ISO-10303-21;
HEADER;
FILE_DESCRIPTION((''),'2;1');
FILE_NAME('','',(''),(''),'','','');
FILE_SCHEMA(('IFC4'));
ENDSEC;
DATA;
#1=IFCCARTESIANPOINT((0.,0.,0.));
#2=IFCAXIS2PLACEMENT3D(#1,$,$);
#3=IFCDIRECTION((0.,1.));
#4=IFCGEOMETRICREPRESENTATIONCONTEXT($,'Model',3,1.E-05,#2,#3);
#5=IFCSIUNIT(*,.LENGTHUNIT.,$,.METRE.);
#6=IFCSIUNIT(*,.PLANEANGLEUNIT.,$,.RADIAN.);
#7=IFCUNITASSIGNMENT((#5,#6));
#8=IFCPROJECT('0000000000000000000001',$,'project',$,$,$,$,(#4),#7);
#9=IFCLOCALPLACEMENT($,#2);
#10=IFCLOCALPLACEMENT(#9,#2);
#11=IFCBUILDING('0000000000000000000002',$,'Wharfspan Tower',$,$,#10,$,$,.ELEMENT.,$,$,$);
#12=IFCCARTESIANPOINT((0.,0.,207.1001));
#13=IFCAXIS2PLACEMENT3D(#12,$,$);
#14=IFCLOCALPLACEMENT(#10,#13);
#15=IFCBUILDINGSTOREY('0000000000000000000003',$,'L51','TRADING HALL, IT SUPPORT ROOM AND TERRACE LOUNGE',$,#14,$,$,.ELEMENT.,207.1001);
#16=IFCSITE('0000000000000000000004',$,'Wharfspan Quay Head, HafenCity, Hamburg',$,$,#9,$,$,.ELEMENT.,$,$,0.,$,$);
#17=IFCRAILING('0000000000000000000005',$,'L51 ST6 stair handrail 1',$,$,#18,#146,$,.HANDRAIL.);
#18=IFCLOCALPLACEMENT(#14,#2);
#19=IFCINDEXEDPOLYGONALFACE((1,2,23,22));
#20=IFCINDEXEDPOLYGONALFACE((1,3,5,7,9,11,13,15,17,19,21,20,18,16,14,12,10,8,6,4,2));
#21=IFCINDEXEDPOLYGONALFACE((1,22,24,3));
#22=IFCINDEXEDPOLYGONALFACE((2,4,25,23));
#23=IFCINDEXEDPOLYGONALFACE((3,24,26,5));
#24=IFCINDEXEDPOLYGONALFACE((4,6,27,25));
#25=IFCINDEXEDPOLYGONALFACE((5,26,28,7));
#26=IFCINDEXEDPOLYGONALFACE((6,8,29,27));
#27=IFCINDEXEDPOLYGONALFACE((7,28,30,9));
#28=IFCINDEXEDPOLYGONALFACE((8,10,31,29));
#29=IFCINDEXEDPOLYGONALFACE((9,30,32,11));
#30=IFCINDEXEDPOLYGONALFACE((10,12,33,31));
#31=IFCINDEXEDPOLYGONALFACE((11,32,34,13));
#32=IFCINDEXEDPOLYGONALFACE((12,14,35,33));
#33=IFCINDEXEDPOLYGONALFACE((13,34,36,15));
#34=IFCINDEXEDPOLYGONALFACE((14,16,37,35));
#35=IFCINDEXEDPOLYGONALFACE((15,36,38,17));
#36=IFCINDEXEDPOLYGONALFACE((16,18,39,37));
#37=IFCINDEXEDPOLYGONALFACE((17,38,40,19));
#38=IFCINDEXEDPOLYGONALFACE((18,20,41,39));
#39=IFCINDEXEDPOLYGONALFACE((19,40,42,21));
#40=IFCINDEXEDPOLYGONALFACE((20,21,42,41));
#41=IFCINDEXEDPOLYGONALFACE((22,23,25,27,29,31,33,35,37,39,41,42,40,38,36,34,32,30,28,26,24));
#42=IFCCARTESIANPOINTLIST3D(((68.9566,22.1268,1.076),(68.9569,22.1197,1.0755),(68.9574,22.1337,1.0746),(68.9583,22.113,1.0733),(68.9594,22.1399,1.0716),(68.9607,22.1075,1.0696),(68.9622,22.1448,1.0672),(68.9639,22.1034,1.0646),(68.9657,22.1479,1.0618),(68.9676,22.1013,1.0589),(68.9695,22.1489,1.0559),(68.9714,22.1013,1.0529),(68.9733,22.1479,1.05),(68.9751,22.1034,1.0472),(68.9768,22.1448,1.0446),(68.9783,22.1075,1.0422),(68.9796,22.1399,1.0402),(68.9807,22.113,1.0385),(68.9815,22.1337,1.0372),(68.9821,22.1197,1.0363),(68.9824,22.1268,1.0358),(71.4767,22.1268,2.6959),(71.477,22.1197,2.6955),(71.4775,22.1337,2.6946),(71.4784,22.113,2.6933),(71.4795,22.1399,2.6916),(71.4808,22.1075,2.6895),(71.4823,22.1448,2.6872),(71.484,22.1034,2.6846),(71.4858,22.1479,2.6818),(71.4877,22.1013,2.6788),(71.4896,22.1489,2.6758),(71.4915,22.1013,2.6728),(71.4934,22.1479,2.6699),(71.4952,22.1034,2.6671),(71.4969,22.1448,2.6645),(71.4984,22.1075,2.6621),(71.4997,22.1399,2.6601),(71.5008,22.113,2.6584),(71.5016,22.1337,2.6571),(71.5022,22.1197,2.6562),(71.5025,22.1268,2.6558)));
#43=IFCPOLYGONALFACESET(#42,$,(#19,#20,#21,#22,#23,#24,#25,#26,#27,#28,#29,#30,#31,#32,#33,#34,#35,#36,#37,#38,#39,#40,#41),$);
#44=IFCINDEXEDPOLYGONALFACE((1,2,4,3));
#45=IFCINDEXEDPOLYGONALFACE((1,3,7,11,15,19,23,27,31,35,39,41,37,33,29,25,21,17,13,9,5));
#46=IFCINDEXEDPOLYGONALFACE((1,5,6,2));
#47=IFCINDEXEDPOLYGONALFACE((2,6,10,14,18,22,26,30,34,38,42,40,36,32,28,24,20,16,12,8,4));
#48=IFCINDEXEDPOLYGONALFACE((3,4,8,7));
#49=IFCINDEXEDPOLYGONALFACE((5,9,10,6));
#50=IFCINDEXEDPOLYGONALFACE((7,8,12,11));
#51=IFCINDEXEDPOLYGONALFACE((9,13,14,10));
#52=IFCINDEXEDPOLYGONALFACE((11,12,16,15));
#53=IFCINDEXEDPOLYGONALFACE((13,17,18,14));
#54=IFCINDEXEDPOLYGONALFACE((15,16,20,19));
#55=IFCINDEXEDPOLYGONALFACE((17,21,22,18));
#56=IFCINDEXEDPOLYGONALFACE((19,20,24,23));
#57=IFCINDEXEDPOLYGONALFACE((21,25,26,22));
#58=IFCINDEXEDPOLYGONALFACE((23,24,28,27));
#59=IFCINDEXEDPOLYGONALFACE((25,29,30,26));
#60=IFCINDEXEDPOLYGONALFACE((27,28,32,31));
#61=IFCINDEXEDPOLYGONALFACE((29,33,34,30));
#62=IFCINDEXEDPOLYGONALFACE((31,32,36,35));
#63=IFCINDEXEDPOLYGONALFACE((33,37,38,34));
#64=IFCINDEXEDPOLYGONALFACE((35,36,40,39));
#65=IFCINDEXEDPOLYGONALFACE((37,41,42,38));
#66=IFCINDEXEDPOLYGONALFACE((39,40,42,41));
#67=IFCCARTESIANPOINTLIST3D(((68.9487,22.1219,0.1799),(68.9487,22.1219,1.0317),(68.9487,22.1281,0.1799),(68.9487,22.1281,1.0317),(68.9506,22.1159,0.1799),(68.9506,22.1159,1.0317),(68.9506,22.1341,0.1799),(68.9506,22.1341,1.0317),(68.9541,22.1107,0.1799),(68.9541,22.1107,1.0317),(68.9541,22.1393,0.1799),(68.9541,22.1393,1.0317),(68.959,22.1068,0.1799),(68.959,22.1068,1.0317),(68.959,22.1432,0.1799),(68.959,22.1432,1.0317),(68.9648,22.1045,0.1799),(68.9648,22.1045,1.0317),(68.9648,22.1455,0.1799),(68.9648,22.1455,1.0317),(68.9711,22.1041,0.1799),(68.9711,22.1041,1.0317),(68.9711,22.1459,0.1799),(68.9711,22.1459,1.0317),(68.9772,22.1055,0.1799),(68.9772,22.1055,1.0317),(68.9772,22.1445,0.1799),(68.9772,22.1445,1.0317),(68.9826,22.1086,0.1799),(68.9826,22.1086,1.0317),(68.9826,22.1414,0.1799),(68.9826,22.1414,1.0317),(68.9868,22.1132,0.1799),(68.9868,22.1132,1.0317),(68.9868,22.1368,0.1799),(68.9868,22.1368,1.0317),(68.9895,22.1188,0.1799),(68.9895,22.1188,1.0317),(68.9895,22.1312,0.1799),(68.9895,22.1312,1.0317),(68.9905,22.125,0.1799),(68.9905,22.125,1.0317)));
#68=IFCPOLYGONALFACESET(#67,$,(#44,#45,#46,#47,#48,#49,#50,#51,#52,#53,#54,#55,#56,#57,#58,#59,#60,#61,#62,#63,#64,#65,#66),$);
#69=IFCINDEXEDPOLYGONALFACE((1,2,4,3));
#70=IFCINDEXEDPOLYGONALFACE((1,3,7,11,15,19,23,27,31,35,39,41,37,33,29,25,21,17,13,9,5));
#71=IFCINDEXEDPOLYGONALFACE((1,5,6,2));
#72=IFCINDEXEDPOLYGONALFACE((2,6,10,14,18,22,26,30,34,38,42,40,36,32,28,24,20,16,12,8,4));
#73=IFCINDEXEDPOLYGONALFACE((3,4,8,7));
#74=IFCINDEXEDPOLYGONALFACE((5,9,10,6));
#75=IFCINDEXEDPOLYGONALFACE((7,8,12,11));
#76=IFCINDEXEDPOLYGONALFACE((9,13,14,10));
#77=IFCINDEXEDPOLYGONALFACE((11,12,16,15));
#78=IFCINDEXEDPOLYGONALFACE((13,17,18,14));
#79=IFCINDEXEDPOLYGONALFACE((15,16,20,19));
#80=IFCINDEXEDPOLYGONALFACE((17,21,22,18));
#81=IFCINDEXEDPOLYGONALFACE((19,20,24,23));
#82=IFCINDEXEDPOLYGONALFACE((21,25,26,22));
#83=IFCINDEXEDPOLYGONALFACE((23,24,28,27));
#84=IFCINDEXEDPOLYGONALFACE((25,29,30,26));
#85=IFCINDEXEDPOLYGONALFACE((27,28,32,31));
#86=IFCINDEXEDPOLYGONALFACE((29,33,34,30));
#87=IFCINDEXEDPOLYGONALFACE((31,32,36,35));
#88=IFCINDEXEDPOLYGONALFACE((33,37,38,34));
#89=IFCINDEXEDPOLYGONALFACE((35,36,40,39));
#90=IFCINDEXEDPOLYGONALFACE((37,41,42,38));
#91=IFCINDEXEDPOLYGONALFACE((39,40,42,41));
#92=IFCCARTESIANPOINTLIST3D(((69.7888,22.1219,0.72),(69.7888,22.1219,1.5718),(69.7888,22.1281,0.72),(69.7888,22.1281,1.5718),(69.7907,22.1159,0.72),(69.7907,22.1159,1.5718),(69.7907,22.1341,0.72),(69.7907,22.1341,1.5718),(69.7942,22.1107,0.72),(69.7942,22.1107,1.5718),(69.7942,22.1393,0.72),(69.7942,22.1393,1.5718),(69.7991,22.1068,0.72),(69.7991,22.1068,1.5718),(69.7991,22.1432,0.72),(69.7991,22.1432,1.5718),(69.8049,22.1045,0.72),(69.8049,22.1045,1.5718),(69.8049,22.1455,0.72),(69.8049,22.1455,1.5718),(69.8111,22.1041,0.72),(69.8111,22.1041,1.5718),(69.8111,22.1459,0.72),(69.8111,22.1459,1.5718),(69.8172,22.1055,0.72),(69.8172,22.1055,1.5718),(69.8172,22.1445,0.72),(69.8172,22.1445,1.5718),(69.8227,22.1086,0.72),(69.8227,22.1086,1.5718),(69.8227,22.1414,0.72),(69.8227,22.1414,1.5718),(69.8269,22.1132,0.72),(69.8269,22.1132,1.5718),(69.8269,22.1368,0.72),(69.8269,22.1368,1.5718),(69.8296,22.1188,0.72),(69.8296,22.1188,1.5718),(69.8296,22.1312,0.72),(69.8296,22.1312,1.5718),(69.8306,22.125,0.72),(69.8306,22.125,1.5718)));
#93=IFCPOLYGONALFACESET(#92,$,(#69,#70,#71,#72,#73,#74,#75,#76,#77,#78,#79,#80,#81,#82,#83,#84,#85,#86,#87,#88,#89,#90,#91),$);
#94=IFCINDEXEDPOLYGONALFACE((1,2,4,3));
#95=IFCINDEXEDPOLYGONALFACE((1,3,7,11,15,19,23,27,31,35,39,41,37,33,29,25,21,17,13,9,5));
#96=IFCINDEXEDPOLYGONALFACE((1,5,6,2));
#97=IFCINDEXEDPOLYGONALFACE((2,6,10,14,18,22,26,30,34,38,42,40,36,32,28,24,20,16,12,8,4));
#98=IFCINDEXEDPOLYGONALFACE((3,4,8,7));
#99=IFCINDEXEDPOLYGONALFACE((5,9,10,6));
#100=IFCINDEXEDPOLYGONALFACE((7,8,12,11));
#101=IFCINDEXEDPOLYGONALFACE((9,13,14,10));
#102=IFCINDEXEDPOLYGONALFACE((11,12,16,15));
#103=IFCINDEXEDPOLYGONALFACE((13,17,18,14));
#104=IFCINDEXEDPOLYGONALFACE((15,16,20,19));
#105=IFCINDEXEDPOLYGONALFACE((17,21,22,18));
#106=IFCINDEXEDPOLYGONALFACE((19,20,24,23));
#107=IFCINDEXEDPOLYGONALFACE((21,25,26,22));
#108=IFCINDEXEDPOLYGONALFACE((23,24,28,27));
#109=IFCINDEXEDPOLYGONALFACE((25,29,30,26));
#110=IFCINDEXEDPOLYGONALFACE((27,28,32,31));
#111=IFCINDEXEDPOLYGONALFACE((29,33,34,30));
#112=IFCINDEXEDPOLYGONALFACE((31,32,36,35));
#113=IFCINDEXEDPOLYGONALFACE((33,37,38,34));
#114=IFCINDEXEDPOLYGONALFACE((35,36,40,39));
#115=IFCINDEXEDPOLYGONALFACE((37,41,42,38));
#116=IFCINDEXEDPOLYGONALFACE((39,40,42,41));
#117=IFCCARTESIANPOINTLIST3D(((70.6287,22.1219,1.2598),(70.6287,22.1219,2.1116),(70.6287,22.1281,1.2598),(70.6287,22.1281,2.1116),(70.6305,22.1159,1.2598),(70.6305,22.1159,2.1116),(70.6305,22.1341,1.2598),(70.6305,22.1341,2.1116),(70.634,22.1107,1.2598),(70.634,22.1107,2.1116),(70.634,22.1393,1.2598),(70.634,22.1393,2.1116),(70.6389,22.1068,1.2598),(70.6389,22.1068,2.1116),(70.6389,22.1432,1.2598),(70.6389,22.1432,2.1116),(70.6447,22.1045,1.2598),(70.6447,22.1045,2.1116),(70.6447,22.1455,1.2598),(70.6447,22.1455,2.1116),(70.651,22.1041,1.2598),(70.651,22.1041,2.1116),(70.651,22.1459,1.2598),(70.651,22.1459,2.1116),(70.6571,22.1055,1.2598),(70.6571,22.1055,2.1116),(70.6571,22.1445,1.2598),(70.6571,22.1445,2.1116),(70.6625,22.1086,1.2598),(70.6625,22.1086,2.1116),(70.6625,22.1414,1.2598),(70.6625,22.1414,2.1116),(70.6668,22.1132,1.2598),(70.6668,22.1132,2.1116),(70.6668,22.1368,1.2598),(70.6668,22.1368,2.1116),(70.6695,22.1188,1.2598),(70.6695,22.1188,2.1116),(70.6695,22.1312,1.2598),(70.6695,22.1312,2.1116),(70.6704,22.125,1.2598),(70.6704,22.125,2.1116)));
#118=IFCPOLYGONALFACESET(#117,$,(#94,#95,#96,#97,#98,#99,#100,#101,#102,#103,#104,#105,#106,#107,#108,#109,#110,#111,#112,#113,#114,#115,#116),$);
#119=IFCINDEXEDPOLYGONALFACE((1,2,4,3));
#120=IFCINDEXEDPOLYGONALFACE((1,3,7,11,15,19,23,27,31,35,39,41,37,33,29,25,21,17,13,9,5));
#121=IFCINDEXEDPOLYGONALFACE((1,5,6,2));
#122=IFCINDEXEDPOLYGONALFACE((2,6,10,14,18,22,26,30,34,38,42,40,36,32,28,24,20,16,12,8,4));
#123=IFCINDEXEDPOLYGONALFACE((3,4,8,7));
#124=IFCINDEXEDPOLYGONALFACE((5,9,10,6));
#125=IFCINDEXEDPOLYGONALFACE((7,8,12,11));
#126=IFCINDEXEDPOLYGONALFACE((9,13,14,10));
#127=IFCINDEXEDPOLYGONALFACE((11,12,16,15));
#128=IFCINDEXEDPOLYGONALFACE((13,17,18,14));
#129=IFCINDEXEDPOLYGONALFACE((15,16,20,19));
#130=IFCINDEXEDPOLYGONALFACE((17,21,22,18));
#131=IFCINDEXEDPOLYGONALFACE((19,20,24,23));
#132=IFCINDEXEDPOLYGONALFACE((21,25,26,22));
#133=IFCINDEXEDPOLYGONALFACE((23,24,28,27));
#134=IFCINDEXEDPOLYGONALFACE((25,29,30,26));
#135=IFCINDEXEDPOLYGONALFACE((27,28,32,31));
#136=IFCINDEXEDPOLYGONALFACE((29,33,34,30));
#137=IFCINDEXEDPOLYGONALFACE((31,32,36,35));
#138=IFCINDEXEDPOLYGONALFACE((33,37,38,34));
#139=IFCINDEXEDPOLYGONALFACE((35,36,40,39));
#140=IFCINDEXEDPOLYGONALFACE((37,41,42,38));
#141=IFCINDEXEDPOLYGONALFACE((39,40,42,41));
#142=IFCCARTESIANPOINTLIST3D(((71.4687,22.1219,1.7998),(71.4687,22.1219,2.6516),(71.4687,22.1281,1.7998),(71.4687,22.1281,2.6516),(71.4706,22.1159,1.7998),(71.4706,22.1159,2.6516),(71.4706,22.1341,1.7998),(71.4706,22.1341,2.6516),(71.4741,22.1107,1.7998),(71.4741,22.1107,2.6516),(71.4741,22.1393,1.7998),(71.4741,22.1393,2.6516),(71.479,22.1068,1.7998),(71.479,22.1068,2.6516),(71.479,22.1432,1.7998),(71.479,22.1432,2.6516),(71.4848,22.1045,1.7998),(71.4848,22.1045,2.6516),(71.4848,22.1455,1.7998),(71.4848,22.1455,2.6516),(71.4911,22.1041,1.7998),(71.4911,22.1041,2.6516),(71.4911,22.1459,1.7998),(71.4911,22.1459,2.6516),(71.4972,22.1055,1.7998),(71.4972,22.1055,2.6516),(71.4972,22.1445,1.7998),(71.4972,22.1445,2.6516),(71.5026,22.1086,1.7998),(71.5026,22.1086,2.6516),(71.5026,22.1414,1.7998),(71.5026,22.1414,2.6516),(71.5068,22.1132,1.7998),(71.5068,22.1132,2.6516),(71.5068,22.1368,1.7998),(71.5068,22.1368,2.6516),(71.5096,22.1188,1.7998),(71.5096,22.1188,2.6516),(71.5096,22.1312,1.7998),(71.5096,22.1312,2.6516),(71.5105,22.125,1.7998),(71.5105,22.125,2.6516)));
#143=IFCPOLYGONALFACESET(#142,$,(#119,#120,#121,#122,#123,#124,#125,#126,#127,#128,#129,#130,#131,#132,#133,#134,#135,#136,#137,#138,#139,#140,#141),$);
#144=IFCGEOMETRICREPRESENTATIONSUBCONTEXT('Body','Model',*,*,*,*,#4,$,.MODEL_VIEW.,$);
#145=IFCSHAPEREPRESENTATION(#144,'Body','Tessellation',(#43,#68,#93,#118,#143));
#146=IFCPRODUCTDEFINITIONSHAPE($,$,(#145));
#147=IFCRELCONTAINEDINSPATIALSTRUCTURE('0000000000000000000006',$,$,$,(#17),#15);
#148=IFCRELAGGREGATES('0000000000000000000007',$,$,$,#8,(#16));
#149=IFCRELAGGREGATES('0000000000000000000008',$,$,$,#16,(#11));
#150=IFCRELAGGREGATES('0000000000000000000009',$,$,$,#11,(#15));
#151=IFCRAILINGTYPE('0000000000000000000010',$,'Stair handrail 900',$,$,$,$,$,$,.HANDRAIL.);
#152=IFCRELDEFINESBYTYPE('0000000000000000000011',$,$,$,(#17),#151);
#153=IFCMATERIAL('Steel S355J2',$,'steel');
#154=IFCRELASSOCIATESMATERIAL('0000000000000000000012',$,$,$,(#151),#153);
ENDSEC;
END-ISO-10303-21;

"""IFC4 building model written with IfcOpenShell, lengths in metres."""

from ifc_helpers import new_model, si_unit, direction, frame, origin, origin_2d, place, context, subcontext, project, spatial, circle, extrude, material, type_object, element, save


model = new_model("IFC4")

# Units and contexts
model_context = context("Model", 3, precision=1e-05, world=origin(), true_north=direction((0.0, 1.0)))
body_context = subcontext(model_context, "Body", "Model", "MODEL_VIEW")
ifc_project = project(units=[si_unit("LENGTHUNIT", "METRE"), si_unit("PLANEANGLEUNIT", "RADIAN")], contexts=[model_context])

# Site, building, storey
site_placement = place(None, origin())
site = spatial("IfcSite", under=ifc_project, at=site_placement, Name="Wharfspan Quay Head, HafenCity, Hamburg", CompositionType="ELEMENT", RefElevation=0.0)
building_placement = place(site_placement, origin())
building = spatial("IfcBuilding", under=site, at=building_placement, Name="Wharfspan Tower", CompositionType="ELEMENT")
storey_placement = place(building_placement, frame((0.0, 0.0, 207.1001)))
storey = spatial("IfcBuildingStorey", under=building, at=storey_placement, Name="L51", Description="TRADING HALL, IT SUPPORT ROOM AND TERRACE LOUNGE", CompositionType="ELEMENT", Elevation=207.1001)

# Railing
ifc_material_1 = material(Name="Steel S355J2", Category="steel")
railing_type_1 = type_object("IfcRailingType", Name="Stair handrail 900", PredefinedType="HANDRAIL", material=ifc_material_1)
railing_1_placement = place(storey_placement, frame((68.9695, 22.125, 0.1799)))
element("IfcRailing", 1, at=railing_1_placement, inside=storey, type_object=railing_type_1, Name="L51 ST6 stair handrail 1", PredefinedType="HANDRAIL", context=body_context, shape_type="SweptSolid", body=[
    extrude(circle(Radius=0.0239, at=origin_2d()), frame((0.0, 0.0, 0.876), z_axis=(0.8412, 0.0, 0.540725), x_axis=(0.0, 1.0, 0.0)), (0.0, 0.0, 1.0), 2.9958),
    extrude(circle(Radius=0.021, at=origin_2d()), origin(), (0.0, 0.0, 1.0), 0.8518),
    extrude(circle(Radius=0.021, at=origin_2d()), frame((0.8401, 0.0, 0.54)), (0.0, 0.0, 1.0), 0.8518),
    extrude(circle(Radius=0.021, at=origin_2d()), frame((1.6799, 0.0, 1.0798)), (0.0, 0.0, 1.0), 0.8518),
    extrude(circle(Radius=0.021, at=origin_2d()), frame((2.52, 0.0, 1.6199)), (0.0, 0.0, 1.0), 0.8518),
])

save(model, "model.ifc")
